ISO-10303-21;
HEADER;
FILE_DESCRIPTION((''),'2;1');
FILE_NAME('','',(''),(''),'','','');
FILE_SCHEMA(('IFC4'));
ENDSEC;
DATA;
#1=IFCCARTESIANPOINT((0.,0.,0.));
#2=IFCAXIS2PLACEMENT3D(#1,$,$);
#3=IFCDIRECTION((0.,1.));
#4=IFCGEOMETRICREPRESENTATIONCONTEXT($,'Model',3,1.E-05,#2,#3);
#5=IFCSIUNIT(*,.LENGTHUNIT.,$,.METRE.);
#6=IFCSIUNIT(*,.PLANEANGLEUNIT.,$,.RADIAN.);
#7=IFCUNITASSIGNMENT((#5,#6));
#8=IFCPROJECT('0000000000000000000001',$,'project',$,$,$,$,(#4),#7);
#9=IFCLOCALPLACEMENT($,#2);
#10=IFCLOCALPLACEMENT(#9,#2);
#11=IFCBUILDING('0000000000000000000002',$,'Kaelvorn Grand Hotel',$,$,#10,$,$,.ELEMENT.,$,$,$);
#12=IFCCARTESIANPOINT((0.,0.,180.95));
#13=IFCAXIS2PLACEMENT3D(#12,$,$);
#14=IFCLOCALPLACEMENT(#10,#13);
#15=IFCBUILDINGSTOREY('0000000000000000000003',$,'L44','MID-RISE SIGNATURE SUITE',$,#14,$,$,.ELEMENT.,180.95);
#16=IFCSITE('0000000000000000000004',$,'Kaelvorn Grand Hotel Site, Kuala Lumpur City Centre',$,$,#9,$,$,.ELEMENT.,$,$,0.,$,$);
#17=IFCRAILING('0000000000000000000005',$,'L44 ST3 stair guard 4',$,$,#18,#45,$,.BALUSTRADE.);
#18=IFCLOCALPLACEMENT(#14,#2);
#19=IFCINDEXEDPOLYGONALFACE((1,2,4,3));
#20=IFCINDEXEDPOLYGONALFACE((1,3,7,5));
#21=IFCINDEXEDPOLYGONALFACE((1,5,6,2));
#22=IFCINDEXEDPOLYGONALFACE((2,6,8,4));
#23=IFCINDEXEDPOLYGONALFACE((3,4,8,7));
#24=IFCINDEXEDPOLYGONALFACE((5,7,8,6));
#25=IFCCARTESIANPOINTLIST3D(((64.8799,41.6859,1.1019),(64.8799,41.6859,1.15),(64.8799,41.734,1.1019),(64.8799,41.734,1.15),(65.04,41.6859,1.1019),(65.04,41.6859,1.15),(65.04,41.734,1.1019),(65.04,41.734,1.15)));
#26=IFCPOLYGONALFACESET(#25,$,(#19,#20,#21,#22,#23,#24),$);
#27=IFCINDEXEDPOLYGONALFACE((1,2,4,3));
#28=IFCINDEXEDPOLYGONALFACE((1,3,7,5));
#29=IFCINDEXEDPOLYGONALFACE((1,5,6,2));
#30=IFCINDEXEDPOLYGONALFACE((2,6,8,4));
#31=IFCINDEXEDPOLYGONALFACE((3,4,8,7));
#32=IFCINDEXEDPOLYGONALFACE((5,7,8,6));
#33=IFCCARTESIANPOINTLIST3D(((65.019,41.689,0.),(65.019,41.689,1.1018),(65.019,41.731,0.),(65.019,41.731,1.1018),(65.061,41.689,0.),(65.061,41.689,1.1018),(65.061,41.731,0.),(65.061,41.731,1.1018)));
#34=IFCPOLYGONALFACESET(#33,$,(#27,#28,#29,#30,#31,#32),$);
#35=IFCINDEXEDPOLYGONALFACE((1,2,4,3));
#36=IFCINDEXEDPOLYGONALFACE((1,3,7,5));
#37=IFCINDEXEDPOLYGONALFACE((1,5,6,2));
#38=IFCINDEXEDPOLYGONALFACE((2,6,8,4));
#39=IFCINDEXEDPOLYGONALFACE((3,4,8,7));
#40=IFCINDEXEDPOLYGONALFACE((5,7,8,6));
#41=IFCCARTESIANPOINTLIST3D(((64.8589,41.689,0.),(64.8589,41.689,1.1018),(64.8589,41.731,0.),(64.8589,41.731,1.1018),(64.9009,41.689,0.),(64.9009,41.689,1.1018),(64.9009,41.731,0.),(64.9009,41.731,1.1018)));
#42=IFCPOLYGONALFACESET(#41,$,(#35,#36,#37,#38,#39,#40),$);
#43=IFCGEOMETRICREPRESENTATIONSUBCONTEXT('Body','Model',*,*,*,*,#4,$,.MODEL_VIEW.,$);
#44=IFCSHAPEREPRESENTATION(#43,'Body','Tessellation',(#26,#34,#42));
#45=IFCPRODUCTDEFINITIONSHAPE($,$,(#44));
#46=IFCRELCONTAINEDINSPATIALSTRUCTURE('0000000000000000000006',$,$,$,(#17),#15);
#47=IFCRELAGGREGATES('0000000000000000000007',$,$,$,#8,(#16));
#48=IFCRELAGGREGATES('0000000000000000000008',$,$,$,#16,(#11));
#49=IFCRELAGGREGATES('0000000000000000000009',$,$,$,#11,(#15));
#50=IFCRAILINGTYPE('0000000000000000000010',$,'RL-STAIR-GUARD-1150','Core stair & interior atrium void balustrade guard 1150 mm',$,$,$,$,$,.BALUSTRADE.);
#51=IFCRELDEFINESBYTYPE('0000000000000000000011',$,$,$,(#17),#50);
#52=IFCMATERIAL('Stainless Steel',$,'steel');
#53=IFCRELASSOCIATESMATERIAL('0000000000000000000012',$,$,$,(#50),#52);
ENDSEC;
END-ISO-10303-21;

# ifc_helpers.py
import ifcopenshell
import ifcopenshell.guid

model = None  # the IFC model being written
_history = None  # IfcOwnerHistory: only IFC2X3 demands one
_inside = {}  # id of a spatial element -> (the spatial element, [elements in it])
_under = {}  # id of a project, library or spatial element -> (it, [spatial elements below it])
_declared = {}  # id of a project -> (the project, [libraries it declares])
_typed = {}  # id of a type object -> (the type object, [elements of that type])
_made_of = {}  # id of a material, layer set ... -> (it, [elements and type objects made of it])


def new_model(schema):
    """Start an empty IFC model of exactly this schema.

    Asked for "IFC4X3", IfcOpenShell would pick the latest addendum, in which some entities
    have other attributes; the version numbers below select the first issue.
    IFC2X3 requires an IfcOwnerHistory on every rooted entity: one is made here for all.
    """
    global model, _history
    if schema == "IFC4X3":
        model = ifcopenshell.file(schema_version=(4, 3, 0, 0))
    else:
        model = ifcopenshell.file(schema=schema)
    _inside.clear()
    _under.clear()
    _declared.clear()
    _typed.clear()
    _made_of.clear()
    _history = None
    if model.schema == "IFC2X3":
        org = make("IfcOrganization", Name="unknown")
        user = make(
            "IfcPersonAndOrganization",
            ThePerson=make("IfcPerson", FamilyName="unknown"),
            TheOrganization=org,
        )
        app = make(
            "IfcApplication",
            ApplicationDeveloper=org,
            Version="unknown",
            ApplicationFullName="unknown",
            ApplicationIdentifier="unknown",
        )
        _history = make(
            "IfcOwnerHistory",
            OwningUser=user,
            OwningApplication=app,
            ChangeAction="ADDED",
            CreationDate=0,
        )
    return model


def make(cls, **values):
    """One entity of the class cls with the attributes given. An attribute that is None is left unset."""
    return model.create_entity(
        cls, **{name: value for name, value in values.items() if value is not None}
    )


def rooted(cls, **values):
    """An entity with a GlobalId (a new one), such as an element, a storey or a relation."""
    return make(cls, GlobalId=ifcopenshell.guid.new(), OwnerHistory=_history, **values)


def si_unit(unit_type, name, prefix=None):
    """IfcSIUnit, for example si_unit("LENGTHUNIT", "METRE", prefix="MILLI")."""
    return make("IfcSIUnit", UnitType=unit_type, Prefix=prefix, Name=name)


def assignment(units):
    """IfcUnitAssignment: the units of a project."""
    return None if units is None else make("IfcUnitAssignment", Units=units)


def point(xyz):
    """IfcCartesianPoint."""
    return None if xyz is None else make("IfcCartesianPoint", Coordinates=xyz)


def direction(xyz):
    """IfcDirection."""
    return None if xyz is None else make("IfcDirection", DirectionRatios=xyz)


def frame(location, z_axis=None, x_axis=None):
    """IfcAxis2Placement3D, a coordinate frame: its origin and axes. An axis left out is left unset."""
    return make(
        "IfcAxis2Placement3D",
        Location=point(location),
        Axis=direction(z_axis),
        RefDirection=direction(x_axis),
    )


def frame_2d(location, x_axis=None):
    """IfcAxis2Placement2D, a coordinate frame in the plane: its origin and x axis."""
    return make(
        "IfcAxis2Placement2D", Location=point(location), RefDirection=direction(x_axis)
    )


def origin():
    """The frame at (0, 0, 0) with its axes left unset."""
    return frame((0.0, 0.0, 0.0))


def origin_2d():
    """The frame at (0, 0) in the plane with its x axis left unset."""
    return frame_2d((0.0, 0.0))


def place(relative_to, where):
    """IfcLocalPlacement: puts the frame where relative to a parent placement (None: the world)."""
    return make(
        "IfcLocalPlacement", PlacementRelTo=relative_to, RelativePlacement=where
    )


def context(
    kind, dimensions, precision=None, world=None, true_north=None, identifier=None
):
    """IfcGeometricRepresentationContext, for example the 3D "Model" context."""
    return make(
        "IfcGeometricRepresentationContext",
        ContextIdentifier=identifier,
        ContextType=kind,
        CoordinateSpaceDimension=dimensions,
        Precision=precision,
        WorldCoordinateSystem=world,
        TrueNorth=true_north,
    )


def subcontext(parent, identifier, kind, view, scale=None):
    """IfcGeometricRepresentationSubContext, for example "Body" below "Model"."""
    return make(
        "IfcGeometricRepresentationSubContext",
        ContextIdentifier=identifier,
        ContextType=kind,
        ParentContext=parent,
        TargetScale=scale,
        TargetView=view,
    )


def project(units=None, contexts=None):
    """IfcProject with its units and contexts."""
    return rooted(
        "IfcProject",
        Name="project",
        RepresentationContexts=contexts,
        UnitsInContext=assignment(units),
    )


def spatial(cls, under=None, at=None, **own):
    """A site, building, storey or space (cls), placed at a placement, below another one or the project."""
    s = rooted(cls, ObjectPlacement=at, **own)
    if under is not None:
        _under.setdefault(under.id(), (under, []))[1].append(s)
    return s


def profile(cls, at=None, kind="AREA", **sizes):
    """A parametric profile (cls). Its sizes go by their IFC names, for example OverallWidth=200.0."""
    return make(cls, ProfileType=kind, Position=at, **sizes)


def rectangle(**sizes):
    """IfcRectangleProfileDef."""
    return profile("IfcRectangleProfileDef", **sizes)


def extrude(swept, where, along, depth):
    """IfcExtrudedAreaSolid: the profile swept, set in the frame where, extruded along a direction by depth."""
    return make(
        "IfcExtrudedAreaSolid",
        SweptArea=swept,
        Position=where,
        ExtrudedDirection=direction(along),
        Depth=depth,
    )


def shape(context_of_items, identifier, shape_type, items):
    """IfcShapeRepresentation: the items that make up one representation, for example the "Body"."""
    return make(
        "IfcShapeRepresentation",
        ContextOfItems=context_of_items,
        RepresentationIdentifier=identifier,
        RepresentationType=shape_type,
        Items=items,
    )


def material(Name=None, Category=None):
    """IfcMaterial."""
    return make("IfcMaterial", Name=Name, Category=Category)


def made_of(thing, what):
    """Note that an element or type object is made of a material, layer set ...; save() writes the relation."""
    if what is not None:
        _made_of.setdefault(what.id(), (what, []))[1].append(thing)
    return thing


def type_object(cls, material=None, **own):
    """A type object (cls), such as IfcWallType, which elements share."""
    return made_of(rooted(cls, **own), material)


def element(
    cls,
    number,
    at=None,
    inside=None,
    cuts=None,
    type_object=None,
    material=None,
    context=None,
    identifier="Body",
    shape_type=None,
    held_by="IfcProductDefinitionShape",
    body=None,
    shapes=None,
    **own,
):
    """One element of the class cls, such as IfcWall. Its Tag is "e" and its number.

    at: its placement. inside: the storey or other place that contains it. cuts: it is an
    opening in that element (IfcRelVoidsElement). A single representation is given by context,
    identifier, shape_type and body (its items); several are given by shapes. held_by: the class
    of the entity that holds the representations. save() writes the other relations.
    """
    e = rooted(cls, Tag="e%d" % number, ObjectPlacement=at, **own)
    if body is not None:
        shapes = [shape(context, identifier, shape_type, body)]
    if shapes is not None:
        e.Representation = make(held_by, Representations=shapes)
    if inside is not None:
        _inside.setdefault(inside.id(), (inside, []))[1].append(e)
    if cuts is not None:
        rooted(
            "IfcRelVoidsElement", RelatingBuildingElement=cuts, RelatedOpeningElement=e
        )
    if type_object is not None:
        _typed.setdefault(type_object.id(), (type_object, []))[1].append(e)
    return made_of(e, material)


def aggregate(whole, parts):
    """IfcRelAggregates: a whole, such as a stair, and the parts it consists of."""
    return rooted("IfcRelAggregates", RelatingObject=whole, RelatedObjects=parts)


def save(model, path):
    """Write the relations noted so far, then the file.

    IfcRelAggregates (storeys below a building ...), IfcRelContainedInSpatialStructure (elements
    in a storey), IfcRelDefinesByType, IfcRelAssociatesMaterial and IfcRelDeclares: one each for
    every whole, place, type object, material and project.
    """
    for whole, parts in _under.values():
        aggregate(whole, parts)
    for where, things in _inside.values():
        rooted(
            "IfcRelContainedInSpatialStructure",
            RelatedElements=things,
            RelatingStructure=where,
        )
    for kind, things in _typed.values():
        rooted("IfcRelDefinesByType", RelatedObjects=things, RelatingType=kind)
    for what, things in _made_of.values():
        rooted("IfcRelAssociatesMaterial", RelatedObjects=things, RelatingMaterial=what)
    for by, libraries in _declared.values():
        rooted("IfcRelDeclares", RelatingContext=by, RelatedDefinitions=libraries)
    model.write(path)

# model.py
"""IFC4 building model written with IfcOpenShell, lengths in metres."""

from ifc_helpers import new_model, si_unit, direction, frame, origin, origin_2d, place, context, subcontext, project, spatial, rectangle, extrude, material, type_object, element, save


model = new_model("IFC4")

# Units and contexts
model_context = context("Model", 3, precision=1e-05, world=origin(), true_north=direction((0.0, 1.0)))
body_context = subcontext(model_context, "Body", "Model", "MODEL_VIEW")
ifc_project = project(units=[si_unit("LENGTHUNIT", "METRE"), si_unit("PLANEANGLEUNIT", "RADIAN")], contexts=[model_context])

# Site, building, storey
site_placement = place(None, origin())
site = spatial("IfcSite", under=ifc_project, at=site_placement, Name="Kaelvorn Grand Hotel Site, Kuala Lumpur City Centre", CompositionType="ELEMENT", RefElevation=0.0)
building_placement = place(site_placement, origin())
building = spatial("IfcBuilding", under=site, at=building_placement, Name="Kaelvorn Grand Hotel", CompositionType="ELEMENT")
storey_placement = place(building_placement, frame((0.0, 0.0, 180.95)))
storey = spatial("IfcBuildingStorey", under=building, at=storey_placement, Name="L44", Description="MID-RISE SIGNATURE SUITE", CompositionType="ELEMENT", Elevation=180.95)

# Shared definitions
ifc_material_1 = material(Name="Stainless Steel", Category="steel")

# Railing
railing_type_1 = type_object("IfcRailingType", Name="RL-STAIR-GUARD-1150", Description="Core stair & interior atrium void balustrade guard 1150 mm", PredefinedType="BALUSTRADE", material=ifc_material_1)
railing_1_placement = place(storey_placement, frame((65.04, 41.71, 0.0)))
element("IfcRailing", 1, at=railing_1_placement, inside=storey, type_object=railing_type_1, Name="L44 ST3 stair guard 4", PredefinedType="BALUSTRADE", context=body_context, shape_type="SweptSolid", body=[
    extrude(rectangle(XDim=0.0481, YDim=0.0481, at=origin_2d()), frame((0.0, 0.0, 1.126), z_axis=(-1.0, 0.0, 0.0), x_axis=(0.0, -1.0, 0.0)), (0.0, 0.0, 1.0), 0.1602),
    extrude(rectangle(XDim=0.042, YDim=0.042, at=origin_2d()), origin(), (0.0, 0.0, 1.0), 1.1018),
    extrude(rectangle(XDim=0.042, YDim=0.042, at=origin_2d()), frame((-0.1602, 0.0, 0.0)), (0.0, 0.0, 1.0), 1.1018),
])

save(model, "model.ifc")
